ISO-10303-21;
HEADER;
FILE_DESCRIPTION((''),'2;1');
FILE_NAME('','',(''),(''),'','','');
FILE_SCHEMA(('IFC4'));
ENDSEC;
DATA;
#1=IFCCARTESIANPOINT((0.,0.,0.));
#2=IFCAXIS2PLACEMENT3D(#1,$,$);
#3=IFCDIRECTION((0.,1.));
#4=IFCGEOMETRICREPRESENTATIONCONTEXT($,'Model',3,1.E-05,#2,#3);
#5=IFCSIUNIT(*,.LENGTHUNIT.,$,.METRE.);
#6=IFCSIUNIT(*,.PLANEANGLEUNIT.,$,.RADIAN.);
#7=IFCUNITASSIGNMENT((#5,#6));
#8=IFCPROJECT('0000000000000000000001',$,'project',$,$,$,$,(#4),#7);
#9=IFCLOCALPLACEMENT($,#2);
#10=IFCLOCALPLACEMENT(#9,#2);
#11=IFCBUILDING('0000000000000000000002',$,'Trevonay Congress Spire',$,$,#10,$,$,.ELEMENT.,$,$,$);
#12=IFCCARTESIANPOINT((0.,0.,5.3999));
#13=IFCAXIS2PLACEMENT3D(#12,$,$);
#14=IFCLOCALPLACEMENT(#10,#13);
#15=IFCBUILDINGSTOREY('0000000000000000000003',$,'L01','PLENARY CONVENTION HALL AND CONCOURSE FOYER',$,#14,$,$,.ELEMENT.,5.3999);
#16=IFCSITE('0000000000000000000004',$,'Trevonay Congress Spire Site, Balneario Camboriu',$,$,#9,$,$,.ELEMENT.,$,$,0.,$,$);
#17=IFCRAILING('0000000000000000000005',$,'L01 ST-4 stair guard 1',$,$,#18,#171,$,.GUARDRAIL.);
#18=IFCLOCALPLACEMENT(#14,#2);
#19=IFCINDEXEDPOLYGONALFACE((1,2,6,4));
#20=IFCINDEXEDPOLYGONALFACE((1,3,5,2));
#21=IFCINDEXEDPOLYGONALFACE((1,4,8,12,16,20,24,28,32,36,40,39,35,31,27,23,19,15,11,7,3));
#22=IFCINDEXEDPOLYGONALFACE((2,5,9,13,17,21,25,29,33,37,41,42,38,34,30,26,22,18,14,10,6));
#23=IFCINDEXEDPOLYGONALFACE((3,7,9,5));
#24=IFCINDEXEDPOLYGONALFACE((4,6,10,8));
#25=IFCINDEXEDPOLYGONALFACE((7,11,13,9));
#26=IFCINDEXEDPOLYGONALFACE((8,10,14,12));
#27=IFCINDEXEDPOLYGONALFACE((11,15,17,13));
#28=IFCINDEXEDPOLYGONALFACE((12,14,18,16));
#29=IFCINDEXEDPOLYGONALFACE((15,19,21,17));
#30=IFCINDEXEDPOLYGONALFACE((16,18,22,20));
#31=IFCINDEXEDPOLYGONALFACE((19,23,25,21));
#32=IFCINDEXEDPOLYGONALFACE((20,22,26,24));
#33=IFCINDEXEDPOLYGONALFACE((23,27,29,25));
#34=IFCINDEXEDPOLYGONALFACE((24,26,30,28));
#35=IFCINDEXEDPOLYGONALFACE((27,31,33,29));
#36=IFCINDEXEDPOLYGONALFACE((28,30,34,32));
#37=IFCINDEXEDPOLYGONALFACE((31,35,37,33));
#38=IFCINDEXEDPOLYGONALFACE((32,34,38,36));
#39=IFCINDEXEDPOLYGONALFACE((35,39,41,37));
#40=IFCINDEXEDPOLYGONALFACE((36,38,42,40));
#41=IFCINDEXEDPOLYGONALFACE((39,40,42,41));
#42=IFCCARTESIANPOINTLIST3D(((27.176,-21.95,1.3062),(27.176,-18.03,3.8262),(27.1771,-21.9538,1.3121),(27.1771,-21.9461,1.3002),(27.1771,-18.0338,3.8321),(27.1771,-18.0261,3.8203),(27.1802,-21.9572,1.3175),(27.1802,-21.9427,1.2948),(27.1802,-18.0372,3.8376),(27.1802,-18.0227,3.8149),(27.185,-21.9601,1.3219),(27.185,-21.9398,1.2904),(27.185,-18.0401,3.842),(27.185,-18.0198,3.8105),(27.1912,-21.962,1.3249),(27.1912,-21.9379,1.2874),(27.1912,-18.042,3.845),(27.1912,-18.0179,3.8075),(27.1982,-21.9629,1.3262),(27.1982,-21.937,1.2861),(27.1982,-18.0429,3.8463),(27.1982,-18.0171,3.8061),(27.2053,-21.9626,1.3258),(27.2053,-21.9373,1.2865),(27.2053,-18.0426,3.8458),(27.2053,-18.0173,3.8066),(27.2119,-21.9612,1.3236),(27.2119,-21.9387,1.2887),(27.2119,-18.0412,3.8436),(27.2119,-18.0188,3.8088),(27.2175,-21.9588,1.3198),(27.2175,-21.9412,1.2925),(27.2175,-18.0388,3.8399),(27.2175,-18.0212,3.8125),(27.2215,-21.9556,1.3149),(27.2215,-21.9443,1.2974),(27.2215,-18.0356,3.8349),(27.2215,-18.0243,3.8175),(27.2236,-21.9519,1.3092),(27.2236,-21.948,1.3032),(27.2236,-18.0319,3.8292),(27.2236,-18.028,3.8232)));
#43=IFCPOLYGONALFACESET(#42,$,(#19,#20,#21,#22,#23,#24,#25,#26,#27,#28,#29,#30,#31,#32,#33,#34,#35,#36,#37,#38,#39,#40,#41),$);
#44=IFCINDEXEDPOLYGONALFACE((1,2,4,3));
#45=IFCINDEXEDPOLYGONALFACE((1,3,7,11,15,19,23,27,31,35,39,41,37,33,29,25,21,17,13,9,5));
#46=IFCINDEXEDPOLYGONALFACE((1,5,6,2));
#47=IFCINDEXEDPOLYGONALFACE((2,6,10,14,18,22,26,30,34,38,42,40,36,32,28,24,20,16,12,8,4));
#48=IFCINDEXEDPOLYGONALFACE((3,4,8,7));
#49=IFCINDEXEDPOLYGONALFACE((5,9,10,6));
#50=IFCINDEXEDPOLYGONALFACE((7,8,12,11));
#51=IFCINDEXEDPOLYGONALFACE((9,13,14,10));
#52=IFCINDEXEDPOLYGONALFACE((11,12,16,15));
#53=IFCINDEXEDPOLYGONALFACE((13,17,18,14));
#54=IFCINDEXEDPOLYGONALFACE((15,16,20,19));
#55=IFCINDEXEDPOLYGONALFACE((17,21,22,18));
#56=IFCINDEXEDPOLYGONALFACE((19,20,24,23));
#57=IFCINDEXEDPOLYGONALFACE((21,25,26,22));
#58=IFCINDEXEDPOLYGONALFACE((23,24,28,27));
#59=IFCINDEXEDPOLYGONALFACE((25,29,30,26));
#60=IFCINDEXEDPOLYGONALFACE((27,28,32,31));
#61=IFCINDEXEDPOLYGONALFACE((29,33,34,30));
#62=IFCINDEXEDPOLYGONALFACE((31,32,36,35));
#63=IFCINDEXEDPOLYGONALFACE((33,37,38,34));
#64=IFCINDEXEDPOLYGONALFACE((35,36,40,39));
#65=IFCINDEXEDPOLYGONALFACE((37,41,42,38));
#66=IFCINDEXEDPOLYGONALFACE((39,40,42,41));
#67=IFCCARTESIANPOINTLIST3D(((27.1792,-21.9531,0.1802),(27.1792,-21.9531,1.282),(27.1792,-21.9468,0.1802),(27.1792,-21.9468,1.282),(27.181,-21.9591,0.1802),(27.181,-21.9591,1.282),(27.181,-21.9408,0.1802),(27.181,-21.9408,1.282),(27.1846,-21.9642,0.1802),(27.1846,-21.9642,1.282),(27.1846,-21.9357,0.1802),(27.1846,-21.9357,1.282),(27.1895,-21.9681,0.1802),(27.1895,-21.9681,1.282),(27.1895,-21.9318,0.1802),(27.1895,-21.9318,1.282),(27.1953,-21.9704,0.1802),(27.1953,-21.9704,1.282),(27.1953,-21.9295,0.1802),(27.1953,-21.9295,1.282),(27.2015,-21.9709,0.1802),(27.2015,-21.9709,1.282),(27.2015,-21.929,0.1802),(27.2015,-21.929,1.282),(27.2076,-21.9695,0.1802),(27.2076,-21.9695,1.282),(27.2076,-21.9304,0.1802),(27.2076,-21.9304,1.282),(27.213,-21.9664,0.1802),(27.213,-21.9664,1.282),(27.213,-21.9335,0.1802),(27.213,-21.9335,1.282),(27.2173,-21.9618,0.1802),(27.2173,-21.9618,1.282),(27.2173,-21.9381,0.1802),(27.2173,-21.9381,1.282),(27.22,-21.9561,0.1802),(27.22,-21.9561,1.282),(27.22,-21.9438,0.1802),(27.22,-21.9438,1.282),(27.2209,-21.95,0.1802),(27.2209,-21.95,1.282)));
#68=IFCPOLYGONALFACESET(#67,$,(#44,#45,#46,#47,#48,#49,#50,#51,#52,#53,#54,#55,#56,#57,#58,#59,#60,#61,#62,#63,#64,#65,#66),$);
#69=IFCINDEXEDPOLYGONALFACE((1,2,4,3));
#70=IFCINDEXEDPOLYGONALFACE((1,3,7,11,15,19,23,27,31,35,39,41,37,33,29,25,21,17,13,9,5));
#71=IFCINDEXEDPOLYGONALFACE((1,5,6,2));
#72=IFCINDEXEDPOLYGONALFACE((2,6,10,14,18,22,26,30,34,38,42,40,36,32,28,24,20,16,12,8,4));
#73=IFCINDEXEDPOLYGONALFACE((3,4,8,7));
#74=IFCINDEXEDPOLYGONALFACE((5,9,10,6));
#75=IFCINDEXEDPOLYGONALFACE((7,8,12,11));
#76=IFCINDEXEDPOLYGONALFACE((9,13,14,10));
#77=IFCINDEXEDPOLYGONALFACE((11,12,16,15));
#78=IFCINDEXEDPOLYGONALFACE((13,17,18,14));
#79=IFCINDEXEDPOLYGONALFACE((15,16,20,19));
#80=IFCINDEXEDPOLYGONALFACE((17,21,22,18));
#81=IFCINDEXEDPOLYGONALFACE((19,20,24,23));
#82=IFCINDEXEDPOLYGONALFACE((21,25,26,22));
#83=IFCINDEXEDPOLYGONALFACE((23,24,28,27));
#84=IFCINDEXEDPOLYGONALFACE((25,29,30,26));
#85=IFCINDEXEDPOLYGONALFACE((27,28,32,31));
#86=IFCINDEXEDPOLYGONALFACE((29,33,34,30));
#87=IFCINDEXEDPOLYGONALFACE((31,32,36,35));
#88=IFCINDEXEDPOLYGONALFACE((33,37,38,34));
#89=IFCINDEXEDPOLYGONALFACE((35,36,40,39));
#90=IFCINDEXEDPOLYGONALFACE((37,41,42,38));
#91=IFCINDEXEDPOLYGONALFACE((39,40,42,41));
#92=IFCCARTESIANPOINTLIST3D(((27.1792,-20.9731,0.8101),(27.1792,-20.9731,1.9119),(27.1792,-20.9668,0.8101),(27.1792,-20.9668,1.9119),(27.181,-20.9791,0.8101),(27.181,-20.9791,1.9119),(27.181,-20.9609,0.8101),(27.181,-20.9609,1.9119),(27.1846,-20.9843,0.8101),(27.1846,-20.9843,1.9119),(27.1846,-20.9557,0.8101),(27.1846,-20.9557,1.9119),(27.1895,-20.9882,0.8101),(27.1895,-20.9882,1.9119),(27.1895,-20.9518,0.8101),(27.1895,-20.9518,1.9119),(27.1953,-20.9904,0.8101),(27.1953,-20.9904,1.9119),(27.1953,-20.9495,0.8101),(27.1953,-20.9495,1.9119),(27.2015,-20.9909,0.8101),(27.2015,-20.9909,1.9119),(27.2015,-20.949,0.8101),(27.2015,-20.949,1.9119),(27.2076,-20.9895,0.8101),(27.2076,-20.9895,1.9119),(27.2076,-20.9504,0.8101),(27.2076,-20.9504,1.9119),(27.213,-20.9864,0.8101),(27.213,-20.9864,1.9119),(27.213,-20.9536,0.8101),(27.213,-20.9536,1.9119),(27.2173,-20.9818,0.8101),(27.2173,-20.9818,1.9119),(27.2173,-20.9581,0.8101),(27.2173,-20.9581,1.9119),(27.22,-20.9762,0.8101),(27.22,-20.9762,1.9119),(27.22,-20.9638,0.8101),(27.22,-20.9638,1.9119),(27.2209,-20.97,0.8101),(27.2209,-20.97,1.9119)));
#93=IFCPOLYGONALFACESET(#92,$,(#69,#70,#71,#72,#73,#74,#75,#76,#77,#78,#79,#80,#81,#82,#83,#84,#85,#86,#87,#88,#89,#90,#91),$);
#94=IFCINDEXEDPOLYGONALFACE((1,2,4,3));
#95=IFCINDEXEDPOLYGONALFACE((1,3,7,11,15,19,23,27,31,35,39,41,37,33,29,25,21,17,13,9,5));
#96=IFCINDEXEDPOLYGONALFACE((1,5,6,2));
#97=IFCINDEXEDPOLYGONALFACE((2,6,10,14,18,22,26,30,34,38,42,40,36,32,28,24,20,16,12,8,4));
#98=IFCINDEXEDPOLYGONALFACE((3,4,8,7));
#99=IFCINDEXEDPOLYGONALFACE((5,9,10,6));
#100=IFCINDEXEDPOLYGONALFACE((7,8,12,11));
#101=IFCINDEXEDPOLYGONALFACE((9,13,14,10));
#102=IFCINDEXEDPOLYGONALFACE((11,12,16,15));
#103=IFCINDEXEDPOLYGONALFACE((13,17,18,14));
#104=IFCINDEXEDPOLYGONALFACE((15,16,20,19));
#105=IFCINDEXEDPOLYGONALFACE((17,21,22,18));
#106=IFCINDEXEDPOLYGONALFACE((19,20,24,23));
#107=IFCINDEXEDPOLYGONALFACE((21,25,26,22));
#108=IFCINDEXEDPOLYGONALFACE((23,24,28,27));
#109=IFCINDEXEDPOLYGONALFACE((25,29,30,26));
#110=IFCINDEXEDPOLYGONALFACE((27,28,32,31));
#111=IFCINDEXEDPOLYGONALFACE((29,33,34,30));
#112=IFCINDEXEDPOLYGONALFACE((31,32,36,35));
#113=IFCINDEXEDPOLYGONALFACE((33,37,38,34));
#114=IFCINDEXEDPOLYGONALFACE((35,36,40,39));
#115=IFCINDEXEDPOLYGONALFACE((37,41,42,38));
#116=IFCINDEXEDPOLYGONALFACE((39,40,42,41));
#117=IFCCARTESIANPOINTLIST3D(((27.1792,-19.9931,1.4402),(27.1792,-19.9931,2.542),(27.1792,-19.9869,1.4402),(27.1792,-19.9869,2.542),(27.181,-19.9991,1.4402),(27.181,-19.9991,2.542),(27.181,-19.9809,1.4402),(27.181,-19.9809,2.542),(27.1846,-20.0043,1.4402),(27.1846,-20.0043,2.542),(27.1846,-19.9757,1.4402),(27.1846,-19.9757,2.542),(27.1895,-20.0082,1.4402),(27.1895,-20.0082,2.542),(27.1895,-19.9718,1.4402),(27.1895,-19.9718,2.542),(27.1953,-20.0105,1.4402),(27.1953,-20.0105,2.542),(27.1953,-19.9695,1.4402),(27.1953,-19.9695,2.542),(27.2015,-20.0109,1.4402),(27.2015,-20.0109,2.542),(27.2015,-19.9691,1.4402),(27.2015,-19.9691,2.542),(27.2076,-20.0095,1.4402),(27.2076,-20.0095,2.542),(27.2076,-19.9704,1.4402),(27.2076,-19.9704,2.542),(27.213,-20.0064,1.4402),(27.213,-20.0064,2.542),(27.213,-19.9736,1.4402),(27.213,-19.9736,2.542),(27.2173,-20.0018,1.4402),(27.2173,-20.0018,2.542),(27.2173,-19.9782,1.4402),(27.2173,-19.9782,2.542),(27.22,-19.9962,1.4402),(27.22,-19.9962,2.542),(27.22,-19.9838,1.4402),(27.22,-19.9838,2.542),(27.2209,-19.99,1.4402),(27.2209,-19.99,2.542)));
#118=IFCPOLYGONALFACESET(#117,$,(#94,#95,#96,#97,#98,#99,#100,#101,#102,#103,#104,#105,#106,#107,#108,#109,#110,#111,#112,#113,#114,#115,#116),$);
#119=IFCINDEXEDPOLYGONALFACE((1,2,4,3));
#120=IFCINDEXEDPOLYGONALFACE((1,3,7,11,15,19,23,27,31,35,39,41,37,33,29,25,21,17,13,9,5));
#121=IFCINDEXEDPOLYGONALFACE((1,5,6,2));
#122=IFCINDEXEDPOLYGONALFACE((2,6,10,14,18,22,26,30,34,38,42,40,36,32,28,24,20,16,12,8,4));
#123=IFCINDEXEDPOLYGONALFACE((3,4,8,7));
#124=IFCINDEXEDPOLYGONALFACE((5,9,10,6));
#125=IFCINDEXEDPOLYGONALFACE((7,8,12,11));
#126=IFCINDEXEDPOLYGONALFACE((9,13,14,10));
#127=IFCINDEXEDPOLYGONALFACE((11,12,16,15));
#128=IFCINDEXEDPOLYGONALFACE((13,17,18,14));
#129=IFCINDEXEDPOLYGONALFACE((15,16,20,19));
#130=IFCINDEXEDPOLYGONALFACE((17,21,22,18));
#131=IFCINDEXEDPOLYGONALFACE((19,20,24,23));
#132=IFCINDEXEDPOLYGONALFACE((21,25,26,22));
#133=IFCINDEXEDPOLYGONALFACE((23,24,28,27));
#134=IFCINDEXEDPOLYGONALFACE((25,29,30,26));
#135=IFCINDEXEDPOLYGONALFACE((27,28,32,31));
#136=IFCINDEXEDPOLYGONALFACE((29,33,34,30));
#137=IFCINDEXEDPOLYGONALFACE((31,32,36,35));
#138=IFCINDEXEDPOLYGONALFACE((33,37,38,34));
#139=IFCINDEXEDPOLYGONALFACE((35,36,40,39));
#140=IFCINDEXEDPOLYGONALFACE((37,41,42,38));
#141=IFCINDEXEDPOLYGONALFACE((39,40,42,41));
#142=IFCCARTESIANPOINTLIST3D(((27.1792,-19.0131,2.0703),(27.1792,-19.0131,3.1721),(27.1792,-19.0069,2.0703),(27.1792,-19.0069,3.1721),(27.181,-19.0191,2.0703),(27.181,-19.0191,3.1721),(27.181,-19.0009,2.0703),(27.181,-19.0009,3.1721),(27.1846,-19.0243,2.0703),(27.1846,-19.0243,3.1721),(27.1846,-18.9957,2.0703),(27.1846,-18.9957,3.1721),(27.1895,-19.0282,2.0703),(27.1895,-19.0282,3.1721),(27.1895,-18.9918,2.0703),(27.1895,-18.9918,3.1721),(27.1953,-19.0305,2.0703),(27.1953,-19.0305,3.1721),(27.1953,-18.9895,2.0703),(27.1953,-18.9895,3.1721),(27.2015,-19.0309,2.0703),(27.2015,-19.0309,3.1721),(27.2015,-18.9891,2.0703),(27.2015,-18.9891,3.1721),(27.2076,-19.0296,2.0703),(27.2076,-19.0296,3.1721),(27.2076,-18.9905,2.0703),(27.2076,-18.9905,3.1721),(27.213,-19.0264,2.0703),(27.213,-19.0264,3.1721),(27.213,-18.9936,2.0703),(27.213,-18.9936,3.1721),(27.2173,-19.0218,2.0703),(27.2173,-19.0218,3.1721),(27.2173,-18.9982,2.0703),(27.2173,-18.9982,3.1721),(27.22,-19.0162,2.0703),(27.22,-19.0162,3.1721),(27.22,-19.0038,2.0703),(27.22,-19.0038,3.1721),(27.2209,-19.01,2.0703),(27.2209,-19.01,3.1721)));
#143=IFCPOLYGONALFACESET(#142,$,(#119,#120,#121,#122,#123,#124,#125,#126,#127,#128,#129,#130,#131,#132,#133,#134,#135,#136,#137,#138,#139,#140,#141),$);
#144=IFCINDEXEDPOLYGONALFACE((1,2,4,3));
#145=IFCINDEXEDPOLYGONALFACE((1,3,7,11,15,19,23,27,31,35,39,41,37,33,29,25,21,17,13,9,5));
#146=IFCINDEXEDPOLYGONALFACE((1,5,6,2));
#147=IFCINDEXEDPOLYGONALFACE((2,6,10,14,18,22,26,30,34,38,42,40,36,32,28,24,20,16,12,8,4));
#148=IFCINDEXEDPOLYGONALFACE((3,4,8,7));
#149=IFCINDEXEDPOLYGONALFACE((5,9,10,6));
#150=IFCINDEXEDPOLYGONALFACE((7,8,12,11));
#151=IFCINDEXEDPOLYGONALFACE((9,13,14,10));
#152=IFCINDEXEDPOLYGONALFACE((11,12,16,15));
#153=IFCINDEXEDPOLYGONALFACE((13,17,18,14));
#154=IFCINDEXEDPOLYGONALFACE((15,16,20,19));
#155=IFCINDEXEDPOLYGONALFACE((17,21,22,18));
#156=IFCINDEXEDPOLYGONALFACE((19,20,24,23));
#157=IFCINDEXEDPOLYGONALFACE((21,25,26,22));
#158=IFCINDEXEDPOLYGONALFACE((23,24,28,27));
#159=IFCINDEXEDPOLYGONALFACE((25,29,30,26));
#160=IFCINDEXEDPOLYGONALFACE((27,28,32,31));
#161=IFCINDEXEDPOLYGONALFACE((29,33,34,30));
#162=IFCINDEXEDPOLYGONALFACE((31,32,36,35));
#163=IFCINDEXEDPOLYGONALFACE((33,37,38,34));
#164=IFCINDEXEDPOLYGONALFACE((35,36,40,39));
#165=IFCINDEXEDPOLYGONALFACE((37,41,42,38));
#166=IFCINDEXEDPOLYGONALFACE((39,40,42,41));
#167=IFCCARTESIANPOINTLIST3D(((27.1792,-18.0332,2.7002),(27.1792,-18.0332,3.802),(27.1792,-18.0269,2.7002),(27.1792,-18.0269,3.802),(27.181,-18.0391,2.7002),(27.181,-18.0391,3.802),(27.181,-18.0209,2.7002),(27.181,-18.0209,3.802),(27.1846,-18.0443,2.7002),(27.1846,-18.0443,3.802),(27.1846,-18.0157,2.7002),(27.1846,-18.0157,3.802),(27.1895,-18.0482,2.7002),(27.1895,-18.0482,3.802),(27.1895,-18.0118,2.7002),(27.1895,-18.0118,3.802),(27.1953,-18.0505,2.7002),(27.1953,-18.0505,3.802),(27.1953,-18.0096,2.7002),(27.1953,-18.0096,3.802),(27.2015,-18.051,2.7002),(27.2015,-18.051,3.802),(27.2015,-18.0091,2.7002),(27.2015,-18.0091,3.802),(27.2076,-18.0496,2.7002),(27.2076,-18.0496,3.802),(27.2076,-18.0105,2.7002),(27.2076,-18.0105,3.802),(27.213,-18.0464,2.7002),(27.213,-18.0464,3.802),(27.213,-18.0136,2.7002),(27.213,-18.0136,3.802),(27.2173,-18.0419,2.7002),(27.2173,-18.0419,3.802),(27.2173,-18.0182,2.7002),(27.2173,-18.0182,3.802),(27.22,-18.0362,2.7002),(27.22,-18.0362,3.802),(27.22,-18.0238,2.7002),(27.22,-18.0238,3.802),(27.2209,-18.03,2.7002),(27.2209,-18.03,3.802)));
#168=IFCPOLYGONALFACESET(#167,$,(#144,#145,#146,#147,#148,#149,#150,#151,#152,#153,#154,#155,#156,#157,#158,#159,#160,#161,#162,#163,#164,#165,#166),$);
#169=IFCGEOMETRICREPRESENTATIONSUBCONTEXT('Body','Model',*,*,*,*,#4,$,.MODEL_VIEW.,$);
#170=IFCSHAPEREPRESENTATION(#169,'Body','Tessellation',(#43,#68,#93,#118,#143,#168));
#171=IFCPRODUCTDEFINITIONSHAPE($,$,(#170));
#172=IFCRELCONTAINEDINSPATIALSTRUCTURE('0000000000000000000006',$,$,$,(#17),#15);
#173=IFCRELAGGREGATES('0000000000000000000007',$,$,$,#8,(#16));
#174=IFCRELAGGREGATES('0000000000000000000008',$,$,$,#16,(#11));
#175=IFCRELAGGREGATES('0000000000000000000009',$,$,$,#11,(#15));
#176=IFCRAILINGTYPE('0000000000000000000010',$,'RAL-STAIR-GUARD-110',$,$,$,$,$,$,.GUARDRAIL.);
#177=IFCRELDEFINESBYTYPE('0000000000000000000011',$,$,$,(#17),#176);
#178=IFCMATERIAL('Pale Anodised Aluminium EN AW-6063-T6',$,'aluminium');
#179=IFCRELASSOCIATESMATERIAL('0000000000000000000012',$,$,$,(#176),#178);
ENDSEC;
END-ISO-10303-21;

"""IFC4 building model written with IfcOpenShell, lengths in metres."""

from ifc_helpers import new_model, si_unit, direction, frame, origin, origin_2d, place, context, subcontext, project, spatial, circle, extrude, material, type_object, element, save


model = new_model("IFC4")

# Units and contexts
model_context = context("Model", 3, precision=1e-05, world=origin(), true_north=direction((0.0, 1.0)))
body_context = subcontext(model_context, "Body", "Model", "MODEL_VIEW")
ifc_project = project(units=[si_unit("LENGTHUNIT", "METRE"), si_unit("PLANEANGLEUNIT", "RADIAN")], contexts=[model_context])

# Site, building, storey
site_placement = place(None, origin())
site = spatial("IfcSite", under=ifc_project, at=site_placement, Name="Trevonay Congress Spire Site, Balneario Camboriu", CompositionType="ELEMENT", RefElevation=0.0)
building_placement = place(site_placement, origin())
building = spatial("IfcBuilding", under=site, at=building_placement, Name="Trevonay Congress Spire", CompositionType="ELEMENT")
storey_placement = place(building_placement, frame((0.0, 0.0, 5.3999)))
storey = spatial("IfcBuildingStorey", under=building, at=storey_placement, Name="L01", Description="PLENARY CONVENTION HALL AND CONCOURSE FOYER", CompositionType="ELEMENT", Elevation=5.3999)

# Shared definitions
ifc_material_1 = material(Name="Pale Anodised Aluminium EN AW-6063-T6", Category="aluminium")

# Railing
railing_type_1 = type_object("IfcRailingType", Name="RAL-STAIR-GUARD-110", PredefinedType="GUARDRAIL", material=ifc_material_1)
railing_1_placement = place(storey_placement, frame((27.2, -21.95, 0.1802)))
element("IfcRailing", 1, at=railing_1_placement, inside=storey, type_object=railing_type_1, Name="L01 ST-4 stair guard 1", PredefinedType="GUARDRAIL", context=body_context, shape_type="SweptSolid", body=[
    extrude(circle(Radius=0.0239, at=origin_2d()), frame((0.0, 0.0, 1.126), z_axis=(0.0, 0.841172, 0.540768), x_axis=(-1.0, 0.0, 0.0)), (0.0, 0.0, 1.0), 4.6602),
    extrude(circle(Radius=0.021, at=origin_2d()), origin(), (0.0, 0.0, 1.0), 1.1018),
    extrude(circle(Radius=0.021, at=origin_2d()), frame((0.0, 0.98, 0.6299)), (0.0, 0.0, 1.0), 1.1018),
    extrude(circle(Radius=0.021, at=origin_2d()), frame((0.0, 1.96, 1.26)), (0.0, 0.0, 1.0), 1.1018),
    extrude(circle(Radius=0.021, at=origin_2d()), frame((0.0, 2.9399, 1.8901)), (0.0, 0.0, 1.0), 1.1018),
    extrude(circle(Radius=0.021, at=origin_2d()), frame((0.0, 3.9199, 2.52)), (0.0, 0.0, 1.0), 1.1018),
])

save(model, "model.ifc")
